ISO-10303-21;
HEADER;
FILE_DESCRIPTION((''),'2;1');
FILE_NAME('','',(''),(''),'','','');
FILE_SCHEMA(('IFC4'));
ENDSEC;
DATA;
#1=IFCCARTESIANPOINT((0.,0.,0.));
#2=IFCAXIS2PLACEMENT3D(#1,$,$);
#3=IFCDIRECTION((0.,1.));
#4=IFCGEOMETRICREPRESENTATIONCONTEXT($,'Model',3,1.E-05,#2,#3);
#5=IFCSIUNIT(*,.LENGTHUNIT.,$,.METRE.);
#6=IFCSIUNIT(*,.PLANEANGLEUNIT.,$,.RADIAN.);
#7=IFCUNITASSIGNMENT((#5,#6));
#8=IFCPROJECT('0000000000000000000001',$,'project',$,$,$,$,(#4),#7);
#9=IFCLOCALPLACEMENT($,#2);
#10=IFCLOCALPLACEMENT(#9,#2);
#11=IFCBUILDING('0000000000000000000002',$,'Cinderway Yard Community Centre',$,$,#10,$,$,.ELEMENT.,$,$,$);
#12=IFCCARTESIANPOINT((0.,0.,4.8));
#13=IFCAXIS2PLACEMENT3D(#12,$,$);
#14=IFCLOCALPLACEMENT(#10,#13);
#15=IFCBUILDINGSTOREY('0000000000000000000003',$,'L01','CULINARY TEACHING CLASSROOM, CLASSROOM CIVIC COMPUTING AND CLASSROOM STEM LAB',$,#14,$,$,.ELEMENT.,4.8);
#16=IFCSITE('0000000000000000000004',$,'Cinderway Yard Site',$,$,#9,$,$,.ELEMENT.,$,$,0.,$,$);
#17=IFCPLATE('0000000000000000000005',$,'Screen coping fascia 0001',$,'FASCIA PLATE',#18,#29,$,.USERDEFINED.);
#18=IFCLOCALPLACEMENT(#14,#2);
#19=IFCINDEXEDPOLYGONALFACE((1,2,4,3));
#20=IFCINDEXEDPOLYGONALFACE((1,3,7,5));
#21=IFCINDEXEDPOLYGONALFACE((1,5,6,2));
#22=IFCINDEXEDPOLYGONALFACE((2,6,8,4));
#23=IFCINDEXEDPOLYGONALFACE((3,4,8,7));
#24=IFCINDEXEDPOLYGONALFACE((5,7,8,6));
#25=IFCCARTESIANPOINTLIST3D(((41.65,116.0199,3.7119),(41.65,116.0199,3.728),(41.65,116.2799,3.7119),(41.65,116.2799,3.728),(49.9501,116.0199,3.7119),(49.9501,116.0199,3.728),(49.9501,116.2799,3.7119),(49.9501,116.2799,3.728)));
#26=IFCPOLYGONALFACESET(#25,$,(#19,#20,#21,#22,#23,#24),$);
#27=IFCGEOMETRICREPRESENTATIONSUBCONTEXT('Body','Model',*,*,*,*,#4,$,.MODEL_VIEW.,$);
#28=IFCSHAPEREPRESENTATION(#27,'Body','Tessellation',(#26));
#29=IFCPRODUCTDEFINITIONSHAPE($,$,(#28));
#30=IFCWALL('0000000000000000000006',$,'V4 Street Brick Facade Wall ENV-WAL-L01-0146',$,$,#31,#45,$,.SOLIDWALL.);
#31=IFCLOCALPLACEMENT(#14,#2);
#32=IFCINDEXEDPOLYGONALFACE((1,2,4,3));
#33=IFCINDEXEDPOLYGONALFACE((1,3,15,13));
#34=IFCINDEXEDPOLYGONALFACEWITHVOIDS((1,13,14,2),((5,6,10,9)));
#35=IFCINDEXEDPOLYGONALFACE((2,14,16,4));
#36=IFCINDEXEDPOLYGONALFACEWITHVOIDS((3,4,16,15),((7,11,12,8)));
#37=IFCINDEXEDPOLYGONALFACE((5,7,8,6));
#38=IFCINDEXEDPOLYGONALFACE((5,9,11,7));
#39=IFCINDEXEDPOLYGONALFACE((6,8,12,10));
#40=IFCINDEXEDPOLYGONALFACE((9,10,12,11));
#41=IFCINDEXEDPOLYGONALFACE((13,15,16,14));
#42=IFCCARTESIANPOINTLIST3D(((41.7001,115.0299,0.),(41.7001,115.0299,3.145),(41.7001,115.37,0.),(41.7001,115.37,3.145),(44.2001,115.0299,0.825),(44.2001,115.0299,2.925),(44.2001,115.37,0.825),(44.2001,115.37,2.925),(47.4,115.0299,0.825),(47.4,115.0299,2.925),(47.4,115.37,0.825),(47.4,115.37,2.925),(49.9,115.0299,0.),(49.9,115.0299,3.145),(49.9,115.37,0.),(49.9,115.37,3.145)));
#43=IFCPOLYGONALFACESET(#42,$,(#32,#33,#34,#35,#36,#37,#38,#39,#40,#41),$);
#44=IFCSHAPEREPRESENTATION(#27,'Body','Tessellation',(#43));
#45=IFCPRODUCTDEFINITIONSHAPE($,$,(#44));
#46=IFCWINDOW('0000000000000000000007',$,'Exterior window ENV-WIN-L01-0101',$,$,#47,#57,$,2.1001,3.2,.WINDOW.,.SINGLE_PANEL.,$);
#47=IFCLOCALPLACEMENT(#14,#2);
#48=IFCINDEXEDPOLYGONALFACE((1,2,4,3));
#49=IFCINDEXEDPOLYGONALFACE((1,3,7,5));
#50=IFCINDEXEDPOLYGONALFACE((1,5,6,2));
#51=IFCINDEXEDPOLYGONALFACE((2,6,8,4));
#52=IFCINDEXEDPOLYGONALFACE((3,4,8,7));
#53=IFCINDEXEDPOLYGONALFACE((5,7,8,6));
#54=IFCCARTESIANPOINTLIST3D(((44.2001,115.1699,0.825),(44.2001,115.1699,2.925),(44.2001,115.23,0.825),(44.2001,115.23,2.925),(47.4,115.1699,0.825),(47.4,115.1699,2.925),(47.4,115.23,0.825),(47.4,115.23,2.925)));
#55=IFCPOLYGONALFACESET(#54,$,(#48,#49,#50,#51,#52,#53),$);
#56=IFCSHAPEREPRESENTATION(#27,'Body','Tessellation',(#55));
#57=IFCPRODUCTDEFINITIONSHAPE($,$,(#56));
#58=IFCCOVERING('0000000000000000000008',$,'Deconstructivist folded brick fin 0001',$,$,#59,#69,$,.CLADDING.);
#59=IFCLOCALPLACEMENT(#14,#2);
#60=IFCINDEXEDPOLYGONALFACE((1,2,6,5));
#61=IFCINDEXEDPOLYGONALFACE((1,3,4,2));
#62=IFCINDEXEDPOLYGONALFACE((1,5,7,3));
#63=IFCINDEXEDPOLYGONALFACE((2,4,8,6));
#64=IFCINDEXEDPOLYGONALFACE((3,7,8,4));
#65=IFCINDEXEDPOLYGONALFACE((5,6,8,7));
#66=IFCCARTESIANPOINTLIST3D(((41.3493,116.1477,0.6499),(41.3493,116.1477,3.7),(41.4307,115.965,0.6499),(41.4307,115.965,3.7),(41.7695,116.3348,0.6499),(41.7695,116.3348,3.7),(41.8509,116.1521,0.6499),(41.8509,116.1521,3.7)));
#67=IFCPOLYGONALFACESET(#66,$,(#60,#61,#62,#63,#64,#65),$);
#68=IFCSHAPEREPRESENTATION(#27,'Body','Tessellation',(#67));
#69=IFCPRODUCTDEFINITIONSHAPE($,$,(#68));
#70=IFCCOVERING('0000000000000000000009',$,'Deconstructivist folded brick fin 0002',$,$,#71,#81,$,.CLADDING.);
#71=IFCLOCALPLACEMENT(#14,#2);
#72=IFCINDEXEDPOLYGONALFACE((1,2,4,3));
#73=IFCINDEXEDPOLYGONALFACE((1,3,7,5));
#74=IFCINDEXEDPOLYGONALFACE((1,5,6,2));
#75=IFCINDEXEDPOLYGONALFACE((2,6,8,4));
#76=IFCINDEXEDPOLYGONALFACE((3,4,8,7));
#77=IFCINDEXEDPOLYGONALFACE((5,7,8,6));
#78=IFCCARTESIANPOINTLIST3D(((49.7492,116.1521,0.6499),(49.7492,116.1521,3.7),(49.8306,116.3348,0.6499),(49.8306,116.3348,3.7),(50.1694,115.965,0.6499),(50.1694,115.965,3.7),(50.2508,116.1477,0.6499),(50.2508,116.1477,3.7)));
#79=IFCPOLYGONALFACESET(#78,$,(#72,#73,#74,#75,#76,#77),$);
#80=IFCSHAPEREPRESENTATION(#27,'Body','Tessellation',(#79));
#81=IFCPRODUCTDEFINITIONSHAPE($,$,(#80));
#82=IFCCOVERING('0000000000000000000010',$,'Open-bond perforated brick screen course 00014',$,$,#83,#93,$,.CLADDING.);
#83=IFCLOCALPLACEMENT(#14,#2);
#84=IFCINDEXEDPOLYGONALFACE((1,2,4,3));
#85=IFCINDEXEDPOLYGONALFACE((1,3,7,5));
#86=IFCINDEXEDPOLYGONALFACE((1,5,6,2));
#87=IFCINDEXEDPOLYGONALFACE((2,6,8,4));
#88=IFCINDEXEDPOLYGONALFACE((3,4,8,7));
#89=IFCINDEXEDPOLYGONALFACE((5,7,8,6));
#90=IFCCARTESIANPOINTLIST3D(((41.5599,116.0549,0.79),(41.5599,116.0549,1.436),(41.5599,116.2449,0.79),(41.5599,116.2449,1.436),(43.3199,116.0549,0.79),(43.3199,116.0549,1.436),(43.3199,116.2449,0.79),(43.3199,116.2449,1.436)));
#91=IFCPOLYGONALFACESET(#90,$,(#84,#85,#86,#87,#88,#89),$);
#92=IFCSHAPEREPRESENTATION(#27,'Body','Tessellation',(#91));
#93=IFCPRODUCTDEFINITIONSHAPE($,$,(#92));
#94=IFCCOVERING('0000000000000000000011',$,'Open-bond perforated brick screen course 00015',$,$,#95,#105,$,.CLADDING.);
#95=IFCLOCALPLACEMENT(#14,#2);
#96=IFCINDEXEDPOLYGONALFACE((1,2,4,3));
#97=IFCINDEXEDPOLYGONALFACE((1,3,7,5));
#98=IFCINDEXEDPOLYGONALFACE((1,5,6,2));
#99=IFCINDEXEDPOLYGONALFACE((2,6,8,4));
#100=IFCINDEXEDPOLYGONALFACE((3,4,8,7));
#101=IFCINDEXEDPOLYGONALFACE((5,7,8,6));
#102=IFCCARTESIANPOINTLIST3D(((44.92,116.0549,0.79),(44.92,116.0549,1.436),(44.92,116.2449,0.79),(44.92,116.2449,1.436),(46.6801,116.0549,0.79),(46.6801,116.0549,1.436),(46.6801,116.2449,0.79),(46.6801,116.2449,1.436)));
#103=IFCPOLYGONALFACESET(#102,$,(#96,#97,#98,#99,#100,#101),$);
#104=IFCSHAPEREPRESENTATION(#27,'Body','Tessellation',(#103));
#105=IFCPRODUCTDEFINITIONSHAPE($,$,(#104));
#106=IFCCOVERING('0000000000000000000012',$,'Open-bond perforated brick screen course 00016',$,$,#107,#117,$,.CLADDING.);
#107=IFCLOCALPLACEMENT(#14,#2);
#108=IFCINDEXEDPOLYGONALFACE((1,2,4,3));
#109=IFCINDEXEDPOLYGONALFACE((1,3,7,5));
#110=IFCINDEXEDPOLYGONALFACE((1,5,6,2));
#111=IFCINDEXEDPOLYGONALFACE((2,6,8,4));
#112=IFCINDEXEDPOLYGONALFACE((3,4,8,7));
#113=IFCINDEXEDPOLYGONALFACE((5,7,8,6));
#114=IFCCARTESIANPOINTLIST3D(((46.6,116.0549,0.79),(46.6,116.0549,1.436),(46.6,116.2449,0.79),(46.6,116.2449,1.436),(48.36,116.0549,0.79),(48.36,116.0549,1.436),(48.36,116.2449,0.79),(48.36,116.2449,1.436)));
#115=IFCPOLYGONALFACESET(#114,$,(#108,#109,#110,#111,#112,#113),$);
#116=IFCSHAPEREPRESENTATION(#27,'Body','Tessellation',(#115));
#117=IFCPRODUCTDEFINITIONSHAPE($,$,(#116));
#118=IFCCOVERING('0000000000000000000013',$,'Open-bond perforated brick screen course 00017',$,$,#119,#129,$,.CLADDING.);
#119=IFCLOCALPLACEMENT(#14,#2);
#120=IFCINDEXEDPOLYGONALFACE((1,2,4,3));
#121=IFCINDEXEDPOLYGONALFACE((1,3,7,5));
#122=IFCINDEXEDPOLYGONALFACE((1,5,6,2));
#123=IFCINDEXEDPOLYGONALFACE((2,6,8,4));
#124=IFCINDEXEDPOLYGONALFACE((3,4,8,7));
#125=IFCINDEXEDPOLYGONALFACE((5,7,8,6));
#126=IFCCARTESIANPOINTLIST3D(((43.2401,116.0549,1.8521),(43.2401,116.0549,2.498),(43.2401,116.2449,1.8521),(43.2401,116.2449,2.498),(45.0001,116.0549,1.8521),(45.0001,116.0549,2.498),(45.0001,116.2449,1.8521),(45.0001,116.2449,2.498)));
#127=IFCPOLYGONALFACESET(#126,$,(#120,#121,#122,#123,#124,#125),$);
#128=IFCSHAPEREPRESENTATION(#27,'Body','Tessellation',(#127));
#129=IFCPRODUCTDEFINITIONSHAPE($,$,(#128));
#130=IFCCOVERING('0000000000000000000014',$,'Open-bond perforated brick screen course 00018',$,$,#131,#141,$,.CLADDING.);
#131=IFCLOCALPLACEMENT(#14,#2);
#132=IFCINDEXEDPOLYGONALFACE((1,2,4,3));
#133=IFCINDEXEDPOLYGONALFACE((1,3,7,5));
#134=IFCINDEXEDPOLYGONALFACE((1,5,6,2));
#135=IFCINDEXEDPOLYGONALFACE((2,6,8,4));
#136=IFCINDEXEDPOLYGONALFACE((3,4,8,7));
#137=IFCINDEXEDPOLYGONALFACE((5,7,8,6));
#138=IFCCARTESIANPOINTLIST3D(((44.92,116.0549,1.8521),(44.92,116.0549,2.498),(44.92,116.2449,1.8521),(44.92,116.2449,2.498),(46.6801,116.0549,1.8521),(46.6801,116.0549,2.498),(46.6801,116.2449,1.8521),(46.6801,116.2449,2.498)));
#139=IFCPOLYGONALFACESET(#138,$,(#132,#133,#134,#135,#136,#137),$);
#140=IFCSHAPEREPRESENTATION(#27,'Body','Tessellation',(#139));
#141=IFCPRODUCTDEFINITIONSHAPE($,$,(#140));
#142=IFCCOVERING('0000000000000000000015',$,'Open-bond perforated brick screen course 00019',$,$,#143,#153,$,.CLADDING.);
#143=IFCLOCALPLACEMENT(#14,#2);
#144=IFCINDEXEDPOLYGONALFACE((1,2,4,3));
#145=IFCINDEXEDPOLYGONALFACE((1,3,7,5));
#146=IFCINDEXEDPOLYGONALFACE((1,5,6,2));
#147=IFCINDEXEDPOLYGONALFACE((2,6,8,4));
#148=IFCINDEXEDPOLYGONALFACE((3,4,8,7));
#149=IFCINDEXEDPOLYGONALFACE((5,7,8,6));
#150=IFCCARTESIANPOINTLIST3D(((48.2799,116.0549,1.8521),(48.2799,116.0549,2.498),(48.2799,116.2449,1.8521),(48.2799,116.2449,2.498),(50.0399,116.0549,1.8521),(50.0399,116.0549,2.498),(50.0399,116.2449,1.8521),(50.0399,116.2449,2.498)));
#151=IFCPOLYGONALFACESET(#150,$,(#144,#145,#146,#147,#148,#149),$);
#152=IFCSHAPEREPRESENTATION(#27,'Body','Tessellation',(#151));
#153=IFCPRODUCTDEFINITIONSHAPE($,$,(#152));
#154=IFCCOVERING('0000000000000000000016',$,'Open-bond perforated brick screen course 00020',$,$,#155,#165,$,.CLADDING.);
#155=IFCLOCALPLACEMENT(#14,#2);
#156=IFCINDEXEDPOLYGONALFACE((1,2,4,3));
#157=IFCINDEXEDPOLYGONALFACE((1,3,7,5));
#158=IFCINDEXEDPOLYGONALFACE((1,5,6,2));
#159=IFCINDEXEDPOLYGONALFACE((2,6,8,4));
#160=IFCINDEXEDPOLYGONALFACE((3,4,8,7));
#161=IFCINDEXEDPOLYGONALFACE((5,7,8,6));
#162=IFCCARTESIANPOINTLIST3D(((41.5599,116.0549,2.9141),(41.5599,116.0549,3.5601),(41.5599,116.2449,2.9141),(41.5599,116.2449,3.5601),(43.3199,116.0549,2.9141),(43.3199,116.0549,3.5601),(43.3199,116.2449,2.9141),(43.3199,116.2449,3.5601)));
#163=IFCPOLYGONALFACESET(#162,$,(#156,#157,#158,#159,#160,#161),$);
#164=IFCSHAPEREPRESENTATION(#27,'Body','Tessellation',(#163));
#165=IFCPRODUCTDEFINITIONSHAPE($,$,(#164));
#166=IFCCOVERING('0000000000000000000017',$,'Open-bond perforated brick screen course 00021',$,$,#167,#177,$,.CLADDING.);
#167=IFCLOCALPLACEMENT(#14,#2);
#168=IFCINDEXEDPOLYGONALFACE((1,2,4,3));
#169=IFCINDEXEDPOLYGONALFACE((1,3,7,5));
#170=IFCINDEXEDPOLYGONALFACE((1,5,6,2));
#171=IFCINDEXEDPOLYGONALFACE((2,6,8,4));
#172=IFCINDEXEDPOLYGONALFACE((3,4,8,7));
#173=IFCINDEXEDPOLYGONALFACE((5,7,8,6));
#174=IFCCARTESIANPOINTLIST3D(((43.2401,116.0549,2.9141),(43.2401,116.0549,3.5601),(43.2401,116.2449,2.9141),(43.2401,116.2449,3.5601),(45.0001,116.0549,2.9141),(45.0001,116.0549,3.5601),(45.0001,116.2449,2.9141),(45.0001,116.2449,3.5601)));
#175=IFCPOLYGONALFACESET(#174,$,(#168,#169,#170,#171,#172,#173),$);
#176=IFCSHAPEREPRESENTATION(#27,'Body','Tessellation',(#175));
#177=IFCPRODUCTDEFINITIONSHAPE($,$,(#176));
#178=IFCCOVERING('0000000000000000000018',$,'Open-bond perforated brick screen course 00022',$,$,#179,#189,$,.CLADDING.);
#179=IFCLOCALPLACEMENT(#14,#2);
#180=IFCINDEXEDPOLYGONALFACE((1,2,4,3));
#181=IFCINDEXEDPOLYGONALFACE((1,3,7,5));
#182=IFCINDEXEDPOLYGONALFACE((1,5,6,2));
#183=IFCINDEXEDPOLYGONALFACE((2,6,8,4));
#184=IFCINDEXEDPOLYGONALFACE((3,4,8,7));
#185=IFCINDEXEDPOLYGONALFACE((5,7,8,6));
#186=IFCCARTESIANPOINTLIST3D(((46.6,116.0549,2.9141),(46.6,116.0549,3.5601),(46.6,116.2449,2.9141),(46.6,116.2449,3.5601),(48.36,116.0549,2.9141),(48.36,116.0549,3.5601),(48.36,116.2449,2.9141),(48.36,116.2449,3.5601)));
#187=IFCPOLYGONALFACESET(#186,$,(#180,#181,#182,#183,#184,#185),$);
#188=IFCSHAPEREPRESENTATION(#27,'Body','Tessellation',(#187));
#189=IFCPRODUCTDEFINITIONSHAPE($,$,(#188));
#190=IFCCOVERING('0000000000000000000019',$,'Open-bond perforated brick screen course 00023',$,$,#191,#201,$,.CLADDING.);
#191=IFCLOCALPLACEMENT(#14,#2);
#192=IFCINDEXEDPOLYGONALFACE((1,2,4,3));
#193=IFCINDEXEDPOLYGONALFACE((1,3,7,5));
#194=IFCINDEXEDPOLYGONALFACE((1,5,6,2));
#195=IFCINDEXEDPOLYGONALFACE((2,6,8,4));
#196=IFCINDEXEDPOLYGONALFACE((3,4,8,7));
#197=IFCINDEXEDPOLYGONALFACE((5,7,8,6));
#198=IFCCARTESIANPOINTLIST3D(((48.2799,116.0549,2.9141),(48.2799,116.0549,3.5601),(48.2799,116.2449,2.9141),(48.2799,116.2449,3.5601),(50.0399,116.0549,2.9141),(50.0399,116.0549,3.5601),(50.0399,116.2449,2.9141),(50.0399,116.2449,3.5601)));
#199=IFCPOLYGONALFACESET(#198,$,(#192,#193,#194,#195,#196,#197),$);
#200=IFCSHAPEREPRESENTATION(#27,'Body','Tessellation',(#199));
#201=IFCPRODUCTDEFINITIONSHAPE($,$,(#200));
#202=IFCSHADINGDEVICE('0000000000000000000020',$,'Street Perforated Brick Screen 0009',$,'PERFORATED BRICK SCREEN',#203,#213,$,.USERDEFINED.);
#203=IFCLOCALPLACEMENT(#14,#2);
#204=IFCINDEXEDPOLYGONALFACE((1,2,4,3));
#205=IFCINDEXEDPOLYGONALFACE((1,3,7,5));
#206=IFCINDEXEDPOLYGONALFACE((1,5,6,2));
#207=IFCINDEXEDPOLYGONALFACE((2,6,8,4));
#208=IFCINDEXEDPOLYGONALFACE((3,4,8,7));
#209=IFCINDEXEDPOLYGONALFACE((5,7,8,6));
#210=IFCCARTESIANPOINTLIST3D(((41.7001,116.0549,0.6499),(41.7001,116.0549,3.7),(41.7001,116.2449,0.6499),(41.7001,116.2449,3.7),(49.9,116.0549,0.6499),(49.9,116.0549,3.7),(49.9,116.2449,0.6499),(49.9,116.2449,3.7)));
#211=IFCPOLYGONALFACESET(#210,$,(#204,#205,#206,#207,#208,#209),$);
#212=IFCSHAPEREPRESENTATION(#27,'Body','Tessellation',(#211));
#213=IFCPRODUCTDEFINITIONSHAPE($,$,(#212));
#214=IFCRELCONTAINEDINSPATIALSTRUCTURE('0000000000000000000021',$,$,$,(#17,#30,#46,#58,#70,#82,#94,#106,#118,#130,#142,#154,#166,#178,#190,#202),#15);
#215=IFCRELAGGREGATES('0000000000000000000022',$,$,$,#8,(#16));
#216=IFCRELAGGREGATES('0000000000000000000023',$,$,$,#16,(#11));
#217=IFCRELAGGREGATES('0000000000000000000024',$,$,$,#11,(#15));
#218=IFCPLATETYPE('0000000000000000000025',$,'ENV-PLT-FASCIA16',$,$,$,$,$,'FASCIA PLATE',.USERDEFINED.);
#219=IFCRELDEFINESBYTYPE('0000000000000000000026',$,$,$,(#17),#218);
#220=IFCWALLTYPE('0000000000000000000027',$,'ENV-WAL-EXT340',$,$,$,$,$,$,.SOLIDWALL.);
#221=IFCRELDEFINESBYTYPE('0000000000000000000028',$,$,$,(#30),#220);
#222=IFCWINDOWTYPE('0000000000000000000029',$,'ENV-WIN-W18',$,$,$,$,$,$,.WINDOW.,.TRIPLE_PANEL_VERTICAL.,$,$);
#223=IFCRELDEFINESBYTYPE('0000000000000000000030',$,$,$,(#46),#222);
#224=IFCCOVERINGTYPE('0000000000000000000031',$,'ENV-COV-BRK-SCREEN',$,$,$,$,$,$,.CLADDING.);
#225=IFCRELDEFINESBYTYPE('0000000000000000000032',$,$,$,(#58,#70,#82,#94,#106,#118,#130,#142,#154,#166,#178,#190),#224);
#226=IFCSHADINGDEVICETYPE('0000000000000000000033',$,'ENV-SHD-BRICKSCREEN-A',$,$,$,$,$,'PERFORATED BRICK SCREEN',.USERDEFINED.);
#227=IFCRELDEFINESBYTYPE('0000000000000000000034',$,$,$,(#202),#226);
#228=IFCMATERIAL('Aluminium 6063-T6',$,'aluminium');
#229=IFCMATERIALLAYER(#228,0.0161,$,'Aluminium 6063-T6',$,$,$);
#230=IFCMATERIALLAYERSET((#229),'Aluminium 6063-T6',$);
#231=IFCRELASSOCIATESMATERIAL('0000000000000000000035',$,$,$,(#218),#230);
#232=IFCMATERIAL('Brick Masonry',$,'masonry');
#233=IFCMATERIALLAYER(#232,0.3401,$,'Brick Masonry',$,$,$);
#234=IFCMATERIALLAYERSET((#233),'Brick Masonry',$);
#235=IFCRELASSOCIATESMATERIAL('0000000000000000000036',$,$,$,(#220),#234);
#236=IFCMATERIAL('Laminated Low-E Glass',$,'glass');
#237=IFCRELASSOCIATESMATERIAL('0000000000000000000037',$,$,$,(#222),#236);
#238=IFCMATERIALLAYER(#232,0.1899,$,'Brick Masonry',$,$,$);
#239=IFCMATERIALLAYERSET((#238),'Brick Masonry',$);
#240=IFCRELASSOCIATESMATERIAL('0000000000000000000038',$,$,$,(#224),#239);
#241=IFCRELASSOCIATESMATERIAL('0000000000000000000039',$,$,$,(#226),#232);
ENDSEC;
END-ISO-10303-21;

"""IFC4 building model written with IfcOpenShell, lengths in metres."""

from ifc_helpers import new_model, si_unit, direction, frame, frame_2d, origin, origin_2d, place, context, subcontext, project, spatial, rectangle, extrude, material, layer, layer_set, type_object, element, fill, save


model = new_model("IFC4")

# Units and contexts
model_context = context("Model", 3, precision=1e-05, world=origin(), true_north=direction((0.0, 1.0)))
body_context = subcontext(model_context, "Body", "Model", "MODEL_VIEW")
ifc_project = project(units=[si_unit("LENGTHUNIT", "METRE"), si_unit("PLANEANGLEUNIT", "RADIAN")], contexts=[model_context])

# Site, building, storey
site_placement = place(None, origin())
site = spatial("IfcSite", under=ifc_project, at=site_placement, Name="Cinderway Yard Site", CompositionType="ELEMENT", RefElevation=0.0)
building_placement = place(site_placement, origin())
building = spatial("IfcBuilding", under=site, at=building_placement, Name="Cinderway Yard Community Centre", CompositionType="ELEMENT")
storey_placement = place(building_placement, frame((0.0, 0.0, 4.8)))
storey = spatial("IfcBuildingStorey", under=building, at=storey_placement, Name="L01", Description="CULINARY TEACHING CLASSROOM, CLASSROOM CIVIC COMPUTING AND CLASSROOM STEM LAB", CompositionType="ELEMENT", Elevation=4.8)

# Plate
ifc_material_1 = material(Name="Aluminium 6063-T6", Category="aluminium")
ifc_layer_1 = layer(ifc_material_1, 0.0161, Name="Aluminium 6063-T6")
ifc_layer_set_1 = layer_set([ifc_layer_1], Name="Aluminium 6063-T6")
plate_type = type_object("IfcPlateType", Name="ENV-PLT-FASCIA16", ElementType="FASCIA PLATE", PredefinedType="USERDEFINED", material=ifc_layer_set_1)
plate_placement = place(storey_placement, frame((45.8, 116.1499, 3.7119), z_axis=(0.0, 0.0, 1.0), x_axis=(1.0, 0.0, 0.0)))
element("IfcPlate", 1, at=plate_placement, inside=storey, type_object=plate_type, Name="Screen coping fascia 0001", ObjectType="FASCIA PLATE", PredefinedType="USERDEFINED", context=body_context, shape_type="SweptSolid", body=[
    extrude(rectangle(XDim=8.3, YDim=0.26, at=origin_2d()), origin(), (0.0, 0.0, 1.0), 0.0161),
])

# Wall, opening, window
ifc_material_2 = material(Name="Brick Masonry", Category="masonry")
ifc_layer_2 = layer(ifc_material_2, 0.3401, Name="Brick Masonry")
ifc_layer_set_2 = layer_set([ifc_layer_2], Name="Brick Masonry")
wall_type = type_object("IfcWallType", Name="ENV-WAL-EXT340", PredefinedType="SOLIDWALL", material=ifc_layer_set_2)
wall_placement = place(storey_placement, frame((41.7, 115.2, 0.0), z_axis=(0.0, 0.0, 1.0), x_axis=(1.0, 0.0, 0.0)))
wall = element("IfcWall", 2, at=wall_placement, inside=storey, type_object=wall_type, Name="V4 Street Brick Facade Wall ENV-WAL-L01-0146", PredefinedType="SOLIDWALL", context=body_context, shape_type="SweptSolid", body=[
    extrude(rectangle(XDim=8.2, YDim=0.3401, at=frame_2d((4.1001, 0.0))), origin(), (0.0, 0.0, 1.0), 3.145),
])
opening_placement = place(wall_placement, frame((2.5, 0.0, 0.825)))
opening = element("IfcOpeningElement", 3, at=opening_placement, cuts=wall, PredefinedType="OPENING", context=body_context, shape_type="SweptSolid", body=[
    extrude(rectangle(XDim=3.2, YDim=2.1001, at=frame_2d((1.6001, 1.05))), frame((0.0, 0.1799, 0.0), z_axis=(0.0, -1.0, 0.0), x_axis=(1.0, 0.0, 0.0)), (0.0, 0.0, 1.0), 0.3601),
])
ifc_material_3 = material(Name="Laminated Low-E Glass", Category="glass")
window_type = type_object("IfcWindowType", Name="ENV-WIN-W18", PartitioningType="TRIPLE_PANEL_VERTICAL", PredefinedType="WINDOW", material=ifc_material_3)
window_placement = place(opening_placement, origin())
window = element("IfcWindow", 4, at=window_placement, inside=storey, type_object=window_type, Name="Exterior window ENV-WIN-L01-0101", OverallHeight=2.1001, OverallWidth=3.2, PartitioningType="SINGLE_PANEL", PredefinedType="WINDOW", context=body_context, shape_type="SweptSolid", body=[
    extrude(rectangle(XDim=3.2, YDim=2.1001, at=frame_2d((1.6001, 1.05))), frame((0.0, 0.03, 0.0), z_axis=(0.0, -1.0, 0.0), x_axis=(1.0, 0.0, 0.0)), (0.0, 0.0, 1.0), 0.0601),
])
fill(opening, window)

# Coverings
ifc_layer_3 = layer(ifc_material_2, 0.1899, Name="Brick Masonry")
ifc_layer_set_3 = layer_set([ifc_layer_3], Name="Brick Masonry")
covering_type = type_object("IfcCoveringType", Name="ENV-COV-BRK-SCREEN", PredefinedType="CLADDING", material=ifc_layer_set_3)
for number, where, z_axis, x_axis, name in (
    (5, (41.6001, 116.1499, 0.6499), (0.0, 0.0, 1.0), (0.913545, 0.406737, 0.0), "Deconstructivist folded brick fin 0001"),
    (6, (50.0, 116.1499, 0.6499), (0.0, 0.0, 1.0), (0.913545, -0.406737, 0.0), "Deconstructivist folded brick fin 0002"),
):
    element("IfcCovering", number, at=place(storey_placement, frame(where, z_axis=z_axis, x_axis=x_axis)), inside=storey, type_object=covering_type, Name=name, PredefinedType="CLADDING", context=body_context, shape_type="SweptSolid", body=[
        extrude(rectangle(XDim=0.46, YDim=0.2, at=origin_2d()), origin(), (0.0, 0.0, 1.0), 3.05),
    ])
for number, where, z_axis, x_axis, name in (
    (7, (42.4399, 116.1499, 0.79), (0.0, 0.0, 1.0), (1.0, 0.0, 0.0), "Open-bond perforated brick screen course 00014"),
    (8, (45.8, 116.1499, 0.79), (0.0, 0.0, 1.0), (1.0, 0.0, 0.0), "Open-bond perforated brick screen course 00015"),
    (9, (47.48, 116.1499, 0.79), (0.0, 0.0, 1.0), (1.0, 0.0, 0.0), "Open-bond perforated brick screen course 00016"),
    (10, (44.1201, 116.1499, 1.8521), (0.0, 0.0, 1.0), (1.0, 0.0, 0.0), "Open-bond perforated brick screen course 00017"),
    (11, (45.8, 116.1499, 1.8521), (0.0, 0.0, 1.0), (1.0, 0.0, 0.0), "Open-bond perforated brick screen course 00018"),
    (12, (49.1599, 116.1499, 1.8521), (0.0, 0.0, 1.0), (1.0, 0.0, 0.0), "Open-bond perforated brick screen course 00019"),
    (13, (42.4399, 116.1499, 2.9141), (0.0, 0.0, 1.0), (1.0, 0.0, 0.0), "Open-bond perforated brick screen course 00020"),
    (14, (44.1201, 116.1499, 2.9141), (0.0, 0.0, 1.0), (1.0, 0.0, 0.0), "Open-bond perforated brick screen course 00021"),
    (15, (47.48, 116.1499, 2.9141), (0.0, 0.0, 1.0), (1.0, 0.0, 0.0), "Open-bond perforated brick screen course 00022"),
    (16, (49.1599, 116.1499, 2.9141), (0.0, 0.0, 1.0), (1.0, 0.0, 0.0), "Open-bond perforated brick screen course 00023"),
):
    element("IfcCovering", number, at=place(storey_placement, frame(where, z_axis=z_axis, x_axis=x_axis)), inside=storey, type_object=covering_type, Name=name, PredefinedType="CLADDING", context=body_context, shape_type="SweptSolid", body=[
        extrude(rectangle(XDim=1.76, YDim=0.1899, at=origin_2d()), origin(), (0.0, 0.0, 1.0), 0.646),
    ])

# Shading device
shading_device_type = type_object("IfcShadingDeviceType", Name="ENV-SHD-BRICKSCREEN-A", ElementType="PERFORATED BRICK SCREEN", PredefinedType="USERDEFINED", material=ifc_material_2)
shading_device_placement = place(storey_placement, frame((45.8, 116.1499, 0.6499), z_axis=(0.0, 0.0, 1.0), x_axis=(1.0, 0.0, 0.0)))
element("IfcShadingDevice", 17, at=shading_device_placement, inside=storey, type_object=shading_device_type, Name="Street Perforated Brick Screen 0009", ObjectType="PERFORATED BRICK SCREEN", PredefinedType="USERDEFINED", context=body_context, shape_type="SweptSolid", body=[
    extrude(rectangle(XDim=8.2, YDim=0.1899, at=origin_2d()), origin(), (0.0, 0.0, 1.0), 3.05),
])

save(model, "model.ifc")
